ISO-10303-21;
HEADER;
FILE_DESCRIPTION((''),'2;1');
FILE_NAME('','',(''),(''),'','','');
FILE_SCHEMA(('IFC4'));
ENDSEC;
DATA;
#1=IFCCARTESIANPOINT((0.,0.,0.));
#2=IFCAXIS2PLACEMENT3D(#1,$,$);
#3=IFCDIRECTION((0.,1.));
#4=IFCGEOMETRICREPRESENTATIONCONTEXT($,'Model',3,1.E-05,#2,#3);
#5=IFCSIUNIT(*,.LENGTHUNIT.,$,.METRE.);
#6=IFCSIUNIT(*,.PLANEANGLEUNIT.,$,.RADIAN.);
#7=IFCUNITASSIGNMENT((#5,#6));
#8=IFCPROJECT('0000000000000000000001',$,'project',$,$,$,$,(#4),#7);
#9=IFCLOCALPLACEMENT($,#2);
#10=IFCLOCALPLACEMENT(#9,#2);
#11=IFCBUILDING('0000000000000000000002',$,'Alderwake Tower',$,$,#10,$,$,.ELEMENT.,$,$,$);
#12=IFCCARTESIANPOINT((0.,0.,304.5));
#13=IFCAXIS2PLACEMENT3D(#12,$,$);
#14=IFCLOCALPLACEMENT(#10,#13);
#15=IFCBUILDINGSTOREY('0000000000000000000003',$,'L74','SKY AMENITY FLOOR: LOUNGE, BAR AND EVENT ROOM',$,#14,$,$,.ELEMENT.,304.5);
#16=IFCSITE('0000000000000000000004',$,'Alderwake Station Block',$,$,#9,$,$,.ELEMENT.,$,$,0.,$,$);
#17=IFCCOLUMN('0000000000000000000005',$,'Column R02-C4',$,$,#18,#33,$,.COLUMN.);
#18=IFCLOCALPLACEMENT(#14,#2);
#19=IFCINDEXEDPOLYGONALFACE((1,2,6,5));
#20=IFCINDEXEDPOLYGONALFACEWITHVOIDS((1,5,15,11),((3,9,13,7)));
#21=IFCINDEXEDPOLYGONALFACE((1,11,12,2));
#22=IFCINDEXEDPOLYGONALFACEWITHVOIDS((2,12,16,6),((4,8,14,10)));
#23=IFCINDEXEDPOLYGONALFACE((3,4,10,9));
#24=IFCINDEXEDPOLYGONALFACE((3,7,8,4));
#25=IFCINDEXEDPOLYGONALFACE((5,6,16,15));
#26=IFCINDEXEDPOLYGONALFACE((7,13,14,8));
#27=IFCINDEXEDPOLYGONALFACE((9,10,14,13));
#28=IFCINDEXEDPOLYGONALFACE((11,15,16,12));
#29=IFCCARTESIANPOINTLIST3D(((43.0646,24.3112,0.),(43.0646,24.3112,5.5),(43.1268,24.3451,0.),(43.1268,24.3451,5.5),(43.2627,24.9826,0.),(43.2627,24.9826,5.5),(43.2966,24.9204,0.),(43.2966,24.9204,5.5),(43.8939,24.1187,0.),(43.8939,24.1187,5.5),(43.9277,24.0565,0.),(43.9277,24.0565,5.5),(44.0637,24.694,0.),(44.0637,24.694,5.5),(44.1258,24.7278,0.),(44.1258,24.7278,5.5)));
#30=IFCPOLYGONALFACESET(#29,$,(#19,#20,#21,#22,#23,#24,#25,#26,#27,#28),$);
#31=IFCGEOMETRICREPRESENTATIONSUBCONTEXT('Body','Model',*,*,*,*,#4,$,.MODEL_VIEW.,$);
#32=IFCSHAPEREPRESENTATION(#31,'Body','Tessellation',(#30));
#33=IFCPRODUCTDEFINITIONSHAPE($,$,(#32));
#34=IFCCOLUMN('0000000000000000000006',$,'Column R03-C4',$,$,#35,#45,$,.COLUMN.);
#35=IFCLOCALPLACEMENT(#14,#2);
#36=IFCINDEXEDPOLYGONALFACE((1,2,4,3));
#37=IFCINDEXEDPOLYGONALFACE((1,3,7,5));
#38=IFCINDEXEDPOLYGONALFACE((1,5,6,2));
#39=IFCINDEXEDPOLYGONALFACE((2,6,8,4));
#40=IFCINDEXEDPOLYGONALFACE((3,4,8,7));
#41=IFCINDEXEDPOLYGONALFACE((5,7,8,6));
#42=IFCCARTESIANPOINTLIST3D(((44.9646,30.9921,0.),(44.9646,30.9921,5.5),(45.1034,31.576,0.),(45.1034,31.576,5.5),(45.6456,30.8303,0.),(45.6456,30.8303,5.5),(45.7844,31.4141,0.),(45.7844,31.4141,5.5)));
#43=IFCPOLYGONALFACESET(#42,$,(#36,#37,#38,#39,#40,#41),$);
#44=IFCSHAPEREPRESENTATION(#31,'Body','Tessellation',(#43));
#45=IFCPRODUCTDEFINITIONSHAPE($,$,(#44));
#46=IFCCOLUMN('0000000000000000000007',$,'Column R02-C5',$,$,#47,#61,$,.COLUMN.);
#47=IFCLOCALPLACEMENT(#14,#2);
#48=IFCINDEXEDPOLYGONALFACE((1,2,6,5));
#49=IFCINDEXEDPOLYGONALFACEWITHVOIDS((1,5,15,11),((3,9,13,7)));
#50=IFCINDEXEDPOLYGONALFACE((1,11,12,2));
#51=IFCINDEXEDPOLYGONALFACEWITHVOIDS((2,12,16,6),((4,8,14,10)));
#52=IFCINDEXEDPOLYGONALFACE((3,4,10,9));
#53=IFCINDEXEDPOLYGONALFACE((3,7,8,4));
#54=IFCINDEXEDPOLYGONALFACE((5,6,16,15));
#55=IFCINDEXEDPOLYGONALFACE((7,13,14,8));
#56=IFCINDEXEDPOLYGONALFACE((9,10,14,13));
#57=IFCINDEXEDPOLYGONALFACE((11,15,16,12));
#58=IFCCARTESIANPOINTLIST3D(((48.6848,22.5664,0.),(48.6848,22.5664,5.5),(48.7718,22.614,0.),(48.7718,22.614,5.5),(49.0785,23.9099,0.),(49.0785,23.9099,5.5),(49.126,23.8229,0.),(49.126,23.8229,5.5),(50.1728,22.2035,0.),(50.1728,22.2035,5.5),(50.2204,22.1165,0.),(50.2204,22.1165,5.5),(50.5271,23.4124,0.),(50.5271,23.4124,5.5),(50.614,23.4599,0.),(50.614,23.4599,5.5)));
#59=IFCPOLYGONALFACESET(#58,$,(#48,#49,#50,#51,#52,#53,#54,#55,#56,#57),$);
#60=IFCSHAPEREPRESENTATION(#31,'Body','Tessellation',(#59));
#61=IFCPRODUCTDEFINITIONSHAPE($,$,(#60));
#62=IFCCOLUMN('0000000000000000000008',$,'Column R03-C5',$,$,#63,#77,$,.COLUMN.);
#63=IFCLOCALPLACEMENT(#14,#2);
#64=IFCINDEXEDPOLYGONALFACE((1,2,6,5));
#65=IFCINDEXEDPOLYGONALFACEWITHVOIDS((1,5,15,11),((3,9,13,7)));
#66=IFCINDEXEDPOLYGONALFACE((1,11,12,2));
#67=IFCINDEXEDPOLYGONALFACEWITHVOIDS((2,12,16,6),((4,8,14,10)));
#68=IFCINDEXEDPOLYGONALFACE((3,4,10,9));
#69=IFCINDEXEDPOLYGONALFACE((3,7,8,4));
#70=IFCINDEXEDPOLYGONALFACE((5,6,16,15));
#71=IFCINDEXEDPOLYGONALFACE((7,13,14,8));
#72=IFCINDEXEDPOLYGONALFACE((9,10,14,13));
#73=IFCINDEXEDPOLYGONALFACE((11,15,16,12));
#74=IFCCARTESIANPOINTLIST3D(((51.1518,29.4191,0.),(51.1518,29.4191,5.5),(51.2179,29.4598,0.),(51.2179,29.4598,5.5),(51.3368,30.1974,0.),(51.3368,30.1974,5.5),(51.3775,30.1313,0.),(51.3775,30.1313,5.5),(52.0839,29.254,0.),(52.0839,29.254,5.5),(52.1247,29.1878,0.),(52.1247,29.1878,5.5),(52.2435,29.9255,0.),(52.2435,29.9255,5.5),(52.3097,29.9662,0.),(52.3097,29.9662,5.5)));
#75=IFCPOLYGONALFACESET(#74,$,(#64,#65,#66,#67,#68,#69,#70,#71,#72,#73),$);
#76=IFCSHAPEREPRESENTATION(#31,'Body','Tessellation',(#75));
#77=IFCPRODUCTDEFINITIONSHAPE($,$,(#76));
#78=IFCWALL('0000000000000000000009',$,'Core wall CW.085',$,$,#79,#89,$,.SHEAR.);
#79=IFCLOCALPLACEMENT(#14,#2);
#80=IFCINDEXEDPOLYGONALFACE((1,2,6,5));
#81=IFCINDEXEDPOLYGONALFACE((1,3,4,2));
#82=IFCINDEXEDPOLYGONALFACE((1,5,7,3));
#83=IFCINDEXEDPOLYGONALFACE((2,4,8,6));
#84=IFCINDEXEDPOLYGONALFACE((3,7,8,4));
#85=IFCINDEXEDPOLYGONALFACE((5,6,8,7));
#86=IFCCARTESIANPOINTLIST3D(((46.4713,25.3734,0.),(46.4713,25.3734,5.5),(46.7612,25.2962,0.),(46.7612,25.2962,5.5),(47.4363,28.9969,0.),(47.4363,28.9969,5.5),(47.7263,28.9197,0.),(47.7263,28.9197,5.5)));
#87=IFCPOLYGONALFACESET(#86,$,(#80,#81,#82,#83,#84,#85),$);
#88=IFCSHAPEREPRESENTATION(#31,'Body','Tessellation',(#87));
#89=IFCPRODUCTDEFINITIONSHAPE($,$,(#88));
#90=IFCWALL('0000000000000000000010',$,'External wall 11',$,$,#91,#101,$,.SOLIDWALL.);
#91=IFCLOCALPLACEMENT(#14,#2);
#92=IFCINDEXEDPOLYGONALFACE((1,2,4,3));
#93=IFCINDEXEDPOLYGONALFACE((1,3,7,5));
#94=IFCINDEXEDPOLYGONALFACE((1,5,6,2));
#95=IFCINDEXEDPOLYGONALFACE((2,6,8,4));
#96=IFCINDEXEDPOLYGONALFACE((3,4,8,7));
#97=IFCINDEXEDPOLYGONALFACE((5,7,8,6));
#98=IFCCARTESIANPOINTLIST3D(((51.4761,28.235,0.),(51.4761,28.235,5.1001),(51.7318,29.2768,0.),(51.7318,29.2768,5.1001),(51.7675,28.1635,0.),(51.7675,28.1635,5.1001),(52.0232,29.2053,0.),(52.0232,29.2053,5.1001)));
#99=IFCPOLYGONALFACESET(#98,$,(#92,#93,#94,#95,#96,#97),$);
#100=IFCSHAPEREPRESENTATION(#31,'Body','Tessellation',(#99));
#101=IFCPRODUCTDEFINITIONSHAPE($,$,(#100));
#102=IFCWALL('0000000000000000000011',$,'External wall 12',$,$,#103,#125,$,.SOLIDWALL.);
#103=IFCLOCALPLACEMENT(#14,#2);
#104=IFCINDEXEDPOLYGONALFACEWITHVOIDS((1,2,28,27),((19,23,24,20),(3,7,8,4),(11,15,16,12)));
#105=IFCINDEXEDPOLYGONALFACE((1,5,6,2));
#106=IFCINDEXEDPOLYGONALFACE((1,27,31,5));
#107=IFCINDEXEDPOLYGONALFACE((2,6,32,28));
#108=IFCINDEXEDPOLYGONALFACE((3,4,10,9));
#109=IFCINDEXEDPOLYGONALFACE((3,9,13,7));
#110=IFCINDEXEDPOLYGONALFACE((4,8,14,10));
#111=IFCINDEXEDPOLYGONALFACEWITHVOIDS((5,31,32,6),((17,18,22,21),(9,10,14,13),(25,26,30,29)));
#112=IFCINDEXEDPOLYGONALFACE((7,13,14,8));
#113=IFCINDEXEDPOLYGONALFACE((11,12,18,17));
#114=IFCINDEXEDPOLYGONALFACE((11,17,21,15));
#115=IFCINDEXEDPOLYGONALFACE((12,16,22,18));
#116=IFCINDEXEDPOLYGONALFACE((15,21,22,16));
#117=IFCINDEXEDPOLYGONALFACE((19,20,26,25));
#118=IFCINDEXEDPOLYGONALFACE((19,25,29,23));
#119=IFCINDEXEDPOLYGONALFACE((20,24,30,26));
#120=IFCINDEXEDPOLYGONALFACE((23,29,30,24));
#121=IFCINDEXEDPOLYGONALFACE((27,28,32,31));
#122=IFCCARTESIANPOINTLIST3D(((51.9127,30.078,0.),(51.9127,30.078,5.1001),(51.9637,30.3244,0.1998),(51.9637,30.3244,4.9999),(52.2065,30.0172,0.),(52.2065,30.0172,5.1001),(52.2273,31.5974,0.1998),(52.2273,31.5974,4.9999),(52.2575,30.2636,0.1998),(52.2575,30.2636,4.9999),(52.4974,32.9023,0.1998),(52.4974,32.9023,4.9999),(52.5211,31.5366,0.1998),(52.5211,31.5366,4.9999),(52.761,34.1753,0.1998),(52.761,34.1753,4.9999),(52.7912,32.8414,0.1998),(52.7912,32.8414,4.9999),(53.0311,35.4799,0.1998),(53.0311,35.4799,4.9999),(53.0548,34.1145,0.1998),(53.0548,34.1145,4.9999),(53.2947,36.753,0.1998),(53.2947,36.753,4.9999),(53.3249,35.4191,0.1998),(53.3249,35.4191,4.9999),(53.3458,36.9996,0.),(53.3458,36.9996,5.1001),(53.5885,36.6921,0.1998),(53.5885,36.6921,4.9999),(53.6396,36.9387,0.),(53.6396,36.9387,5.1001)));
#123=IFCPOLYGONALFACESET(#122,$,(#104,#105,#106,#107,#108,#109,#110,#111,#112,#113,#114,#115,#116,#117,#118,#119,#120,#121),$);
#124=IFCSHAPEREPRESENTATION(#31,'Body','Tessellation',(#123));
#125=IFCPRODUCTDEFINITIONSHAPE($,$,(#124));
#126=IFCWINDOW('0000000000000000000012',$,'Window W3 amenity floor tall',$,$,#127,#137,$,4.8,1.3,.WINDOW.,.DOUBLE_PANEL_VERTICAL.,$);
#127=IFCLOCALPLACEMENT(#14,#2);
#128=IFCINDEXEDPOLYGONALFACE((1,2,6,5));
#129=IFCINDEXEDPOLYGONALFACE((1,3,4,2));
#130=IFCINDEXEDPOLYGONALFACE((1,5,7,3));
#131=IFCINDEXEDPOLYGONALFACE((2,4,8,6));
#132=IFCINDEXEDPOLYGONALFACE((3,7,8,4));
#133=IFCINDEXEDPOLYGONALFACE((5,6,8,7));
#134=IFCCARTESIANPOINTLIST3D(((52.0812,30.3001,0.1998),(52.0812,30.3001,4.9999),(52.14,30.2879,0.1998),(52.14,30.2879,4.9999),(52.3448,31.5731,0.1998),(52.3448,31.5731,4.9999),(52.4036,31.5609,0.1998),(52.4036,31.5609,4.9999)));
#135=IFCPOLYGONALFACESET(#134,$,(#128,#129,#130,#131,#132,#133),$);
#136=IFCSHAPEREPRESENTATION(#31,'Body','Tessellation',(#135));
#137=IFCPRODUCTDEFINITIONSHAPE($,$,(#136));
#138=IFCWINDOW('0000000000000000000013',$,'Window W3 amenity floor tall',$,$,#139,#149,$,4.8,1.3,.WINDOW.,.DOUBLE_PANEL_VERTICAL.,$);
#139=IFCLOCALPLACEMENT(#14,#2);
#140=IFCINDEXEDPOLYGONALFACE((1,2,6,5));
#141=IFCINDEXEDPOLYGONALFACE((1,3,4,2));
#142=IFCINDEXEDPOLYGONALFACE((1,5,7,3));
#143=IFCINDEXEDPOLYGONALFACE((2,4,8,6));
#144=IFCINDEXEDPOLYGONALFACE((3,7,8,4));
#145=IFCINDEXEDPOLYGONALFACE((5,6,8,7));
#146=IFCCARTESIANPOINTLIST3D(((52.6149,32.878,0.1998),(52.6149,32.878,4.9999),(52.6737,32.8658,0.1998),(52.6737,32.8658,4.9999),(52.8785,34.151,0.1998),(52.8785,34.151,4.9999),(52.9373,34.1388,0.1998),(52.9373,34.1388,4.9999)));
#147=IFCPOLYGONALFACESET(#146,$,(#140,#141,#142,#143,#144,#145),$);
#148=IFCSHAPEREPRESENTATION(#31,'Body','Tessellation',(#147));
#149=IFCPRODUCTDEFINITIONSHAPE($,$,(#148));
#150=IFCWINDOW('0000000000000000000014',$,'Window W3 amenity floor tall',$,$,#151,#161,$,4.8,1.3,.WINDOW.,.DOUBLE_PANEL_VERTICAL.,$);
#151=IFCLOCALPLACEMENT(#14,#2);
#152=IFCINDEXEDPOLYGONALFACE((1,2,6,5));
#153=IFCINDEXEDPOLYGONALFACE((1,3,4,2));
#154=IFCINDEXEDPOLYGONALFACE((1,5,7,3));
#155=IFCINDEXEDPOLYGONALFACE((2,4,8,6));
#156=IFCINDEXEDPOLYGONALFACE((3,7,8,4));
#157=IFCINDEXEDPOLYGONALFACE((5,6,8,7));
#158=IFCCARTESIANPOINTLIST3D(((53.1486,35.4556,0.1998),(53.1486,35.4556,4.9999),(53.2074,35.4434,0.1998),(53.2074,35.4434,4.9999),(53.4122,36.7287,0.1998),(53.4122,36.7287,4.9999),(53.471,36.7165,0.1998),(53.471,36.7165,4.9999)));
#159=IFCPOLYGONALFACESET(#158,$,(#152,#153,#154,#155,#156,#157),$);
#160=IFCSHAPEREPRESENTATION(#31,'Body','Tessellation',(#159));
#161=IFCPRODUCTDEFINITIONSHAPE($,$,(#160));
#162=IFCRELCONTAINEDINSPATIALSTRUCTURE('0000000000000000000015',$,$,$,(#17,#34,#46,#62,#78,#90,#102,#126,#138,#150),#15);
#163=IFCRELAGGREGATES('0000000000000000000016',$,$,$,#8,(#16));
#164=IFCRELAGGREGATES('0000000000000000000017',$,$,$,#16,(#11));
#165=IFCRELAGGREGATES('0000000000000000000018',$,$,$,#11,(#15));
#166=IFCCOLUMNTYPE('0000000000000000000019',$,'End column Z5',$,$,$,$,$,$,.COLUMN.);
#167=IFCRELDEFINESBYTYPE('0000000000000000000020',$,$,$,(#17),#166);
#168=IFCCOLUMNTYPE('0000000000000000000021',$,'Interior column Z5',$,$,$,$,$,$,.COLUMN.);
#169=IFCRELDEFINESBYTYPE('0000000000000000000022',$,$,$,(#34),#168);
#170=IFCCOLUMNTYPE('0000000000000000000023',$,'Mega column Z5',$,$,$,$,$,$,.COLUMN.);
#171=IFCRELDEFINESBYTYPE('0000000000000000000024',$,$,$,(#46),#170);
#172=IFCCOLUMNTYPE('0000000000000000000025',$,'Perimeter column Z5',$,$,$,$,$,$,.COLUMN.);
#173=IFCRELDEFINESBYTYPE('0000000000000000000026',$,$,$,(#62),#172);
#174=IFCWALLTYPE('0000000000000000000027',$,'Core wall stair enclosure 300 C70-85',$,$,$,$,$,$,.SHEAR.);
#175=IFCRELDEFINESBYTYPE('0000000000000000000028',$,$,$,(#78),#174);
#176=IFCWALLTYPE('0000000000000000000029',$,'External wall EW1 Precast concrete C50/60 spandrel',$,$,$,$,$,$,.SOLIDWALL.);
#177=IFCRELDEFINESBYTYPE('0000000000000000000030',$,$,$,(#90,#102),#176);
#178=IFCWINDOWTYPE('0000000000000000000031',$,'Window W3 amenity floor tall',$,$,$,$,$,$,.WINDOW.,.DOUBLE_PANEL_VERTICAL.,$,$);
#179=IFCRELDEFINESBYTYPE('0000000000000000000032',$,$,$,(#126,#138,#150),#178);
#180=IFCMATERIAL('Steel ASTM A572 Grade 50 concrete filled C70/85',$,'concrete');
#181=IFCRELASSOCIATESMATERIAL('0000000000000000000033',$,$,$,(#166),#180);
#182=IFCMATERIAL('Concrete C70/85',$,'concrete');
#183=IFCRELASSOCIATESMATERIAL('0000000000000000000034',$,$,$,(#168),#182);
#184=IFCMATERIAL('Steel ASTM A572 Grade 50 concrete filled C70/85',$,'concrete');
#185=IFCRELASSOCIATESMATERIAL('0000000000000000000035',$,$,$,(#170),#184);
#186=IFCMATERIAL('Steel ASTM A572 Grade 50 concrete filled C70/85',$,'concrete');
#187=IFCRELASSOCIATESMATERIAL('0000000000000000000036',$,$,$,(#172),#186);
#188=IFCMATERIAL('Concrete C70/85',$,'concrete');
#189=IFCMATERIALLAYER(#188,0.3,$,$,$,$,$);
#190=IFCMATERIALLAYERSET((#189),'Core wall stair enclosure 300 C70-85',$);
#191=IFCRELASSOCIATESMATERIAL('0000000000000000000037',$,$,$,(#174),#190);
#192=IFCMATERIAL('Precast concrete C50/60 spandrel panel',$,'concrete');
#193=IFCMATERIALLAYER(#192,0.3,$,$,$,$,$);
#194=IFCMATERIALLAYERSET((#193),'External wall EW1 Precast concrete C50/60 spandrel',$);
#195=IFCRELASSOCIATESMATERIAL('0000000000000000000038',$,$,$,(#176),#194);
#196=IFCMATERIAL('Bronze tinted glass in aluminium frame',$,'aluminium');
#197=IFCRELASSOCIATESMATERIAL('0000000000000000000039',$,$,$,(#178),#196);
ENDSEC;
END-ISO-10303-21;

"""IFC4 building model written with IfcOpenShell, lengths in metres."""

from ifc_helpers import new_model, si_unit, direction, frame, frame_2d, origin, origin_2d, place, context, subcontext, project, spatial, rectangle, hollow_rectangle, extrude, material, layer, layer_set, material_profile, profile_set, type_object, element, fill, save


model = new_model("IFC4")

# Units and contexts
model_context = context("Model", 3, precision=1e-05, world=origin(), true_north=direction((0.0, 1.0)))
body_context = subcontext(model_context, "Body", "Model", "MODEL_VIEW")
ifc_project = project(units=[si_unit("LENGTHUNIT", "METRE"), si_unit("PLANEANGLEUNIT", "RADIAN")], contexts=[model_context])

# Site, building, storey
site_placement = place(None, origin())
site = spatial("IfcSite", under=ifc_project, at=site_placement, Name="Alderwake Station Block", CompositionType="ELEMENT", RefElevation=0.0)
building_placement = place(site_placement, origin())
building = spatial("IfcBuilding", under=site, at=building_placement, Name="Alderwake Tower", CompositionType="ELEMENT")
storey_placement = place(building_placement, frame((0.0, 0.0, 304.5)))
storey = spatial("IfcBuildingStorey", under=building, at=storey_placement, Name="L74", Description="SKY AMENITY FLOOR: LOUNGE, BAR AND EVENT ROOM", CompositionType="ELEMENT", Elevation=304.5)

# Columns
ifc_material_1 = material(Name="Steel ASTM A572 Grade 50 concrete filled C70/85", Category="concrete")
ifc_material_profile_1 = material_profile(ifc_material_1, hollow_rectangle(XDim=0.7, YDim=0.8999, WallThickness=0.05, at=origin_2d()), Name="BOX 900X700X50")
ifc_profile_set_1 = profile_set([ifc_material_profile_1], Name="Steel ASTM A572 Grade 50 concrete filled C70/85")
column_type_1 = type_object("IfcColumnType", Name="End column Z5", PredefinedType="COLUMN", material=ifc_profile_set_1)
column_1_placement = place(storey_placement, frame((43.5952, 24.5195, 0.0), z_axis=(0.0, 0.0, 1.0), x_axis=(0.283086, 0.959094, 0.0)))
element("IfcColumn", 1, at=column_1_placement, inside=storey, type_object=column_type_1, Name="Column R02-C4", PredefinedType="COLUMN", context=body_context, shape_type="SweptSolid", body=[
    extrude(hollow_rectangle(XDim=0.7, YDim=0.8999, WallThickness=0.05, at=origin_2d()), origin(), (0.0, 0.0, 1.0), 5.5),
])
ifc_material_2 = material(Name="Concrete C70/85", Category="concrete")
ifc_material_profile_2 = material_profile(ifc_material_2, rectangle(XDim=0.6001, YDim=0.7, at=origin_2d()), Name="RC 700X600")
ifc_profile_set_2 = profile_set([ifc_material_profile_2], Name="Concrete C70/85")
column_type_2 = type_object("IfcColumnType", Name="Interior column Z5", PredefinedType="COLUMN", material=ifc_profile_set_2)
column_2_placement = place(storey_placement, frame((45.3745, 31.2031, 0.0), z_axis=(0.0, 0.0, 1.0), x_axis=(0.231222, 0.972901, 0.0)))
element("IfcColumn", 2, at=column_2_placement, inside=storey, type_object=column_type_2, Name="Column R03-C4", PredefinedType="COLUMN", context=body_context, shape_type="SweptSolid", body=[
    extrude(rectangle(XDim=0.6001, YDim=0.7, at=origin_2d()), origin(), (0.0, 0.0, 1.0), 5.5),
])
ifc_material_3 = material(Name="Steel ASTM A572 Grade 50 concrete filled C70/85", Category="concrete")
ifc_material_profile_3 = material_profile(ifc_material_3, hollow_rectangle(XDim=1.3999, YDim=1.6001, WallThickness=0.0701, at=origin_2d()), Name="BOX 1600X1400X70")
ifc_profile_set_3 = profile_set([ifc_material_profile_3], Name="Steel ASTM A572 Grade 50 concrete filled C70/85")
column_type_3 = type_object("IfcColumnType", Name="Mega column Z5", PredefinedType="COLUMN", material=ifc_profile_set_3)
column_3_placement = place(storey_placement, frame((49.6494, 23.0132, 0.0), z_axis=(0.0, 0.0, 1.0), x_axis=(0.281176, 0.959656, 0.0)))
element("IfcColumn", 3, at=column_3_placement, inside=storey, type_object=column_type_3, Name="Column R02-C5", PredefinedType="COLUMN", context=body_context, shape_type="SweptSolid", body=[
    extrude(hollow_rectangle(XDim=1.3999, YDim=1.6001, WallThickness=0.0701, at=origin_2d()), origin(), (0.0, 0.0, 1.0), 5.5),
])
ifc_material_4 = material(Name="Steel ASTM A572 Grade 50 concrete filled C70/85", Category="concrete")
ifc_material_profile_4 = material_profile(ifc_material_4, hollow_rectangle(XDim=0.8, YDim=1.0, WallThickness=0.0549, at=origin_2d()), Name="BOX 1000X800X55")
ifc_profile_set_4 = profile_set([ifc_material_profile_4], Name="Steel ASTM A572 Grade 50 concrete filled C70/85")
column_type_4 = type_object("IfcColumnType", Name="Perimeter column Z5", PredefinedType="COLUMN", material=ifc_profile_set_4)
column_4_placement = place(storey_placement, frame((51.7307, 29.6926, 0.0), z_axis=(0.0, 0.0, 1.0), x_axis=(0.231222, 0.972901, 0.0)))
element("IfcColumn", 4, at=column_4_placement, inside=storey, type_object=column_type_4, Name="Column R03-C5", PredefinedType="COLUMN", context=body_context, shape_type="SweptSolid", body=[
    extrude(hollow_rectangle(XDim=0.8, YDim=1.0, WallThickness=0.0549, at=origin_2d()), origin(), (0.0, 0.0, 1.0), 5.5),
])

# Wall
ifc_material_5 = material(Name="Concrete C70/85", Category="concrete")
ifc_layer_1 = layer(ifc_material_5, 0.3)
ifc_layer_set_1 = layer_set([ifc_layer_1], Name="Core wall stair enclosure 300 C70-85")
wall_type_1 = type_object("IfcWallType", Name="Core wall stair enclosure 300 C70-85", PredefinedType="SHEAR", material=ifc_layer_set_1)
wall_1_placement = place(storey_placement, frame((46.6162, 25.3347, 0.0), z_axis=(0.0, 0.0, 1.0), x_axis=(0.257367, 0.966314, 0.0)))
element("IfcWall", 5, at=wall_1_placement, inside=storey, type_object=wall_type_1, Name="Core wall CW.085", PredefinedType="SHEAR", context=body_context, shape_type="SweptSolid", body=[
    extrude(rectangle(XDim=3.7498, YDim=0.3, at=frame_2d((1.875, 0.0))), origin(), (0.0, 0.0, 1.0), 5.5),
])

# Wall
ifc_material_6 = material(Name="Precast concrete C50/60 spandrel panel", Category="concrete")
ifc_layer_2 = layer(ifc_material_6, 0.3)
ifc_layer_set_2 = layer_set([ifc_layer_2], Name="External wall EW1 Precast concrete C50/60 spandrel")
wall_type_2 = type_object("IfcWallType", Name="External wall EW1 Precast concrete C50/60 spandrel", PredefinedType="SOLIDWALL", material=ifc_layer_set_2)
wall_2_placement = place(storey_placement, frame((51.6218, 28.1992, 0.0), z_axis=(0.0, 0.0, 1.0), x_axis=(0.238303, 0.971191, 0.0)))
element("IfcWall", 6, at=wall_2_placement, inside=storey, type_object=wall_type_2, Name="External wall 11", PredefinedType="SOLIDWALL", context=body_context, shape_type="SweptSolid", body=[
    extrude(rectangle(XDim=1.0728, YDim=0.3, at=frame_2d((0.5364, 0.0))), origin(), (0.0, 0.0, 1.0), 5.1001),
])

# Wall, openings, windows
wall_3_placement = place(storey_placement, frame((52.0596, 30.0476, 0.0), z_axis=(0.0, 0.0, 1.0), x_axis=(0.202747, 0.979231, 0.0)))
wall_3 = element("IfcWall", 7, at=wall_3_placement, inside=storey, type_object=wall_type_2, Name="External wall 12", PredefinedType="SOLIDWALL", context=body_context, shape_type="SweptSolid", body=[
    extrude(rectangle(XDim=7.0684, YDim=0.3, at=frame_2d((3.5342, 0.0))), origin(), (0.0, 0.0, 1.0), 5.1001),
])
opening_1_placement = place(wall_3_placement, frame((0.2517, 0.0, 0.2)))
opening_1 = element("IfcOpeningElement", 8, at=opening_1_placement, cuts=wall_3, PredefinedType="OPENING", context=body_context, shape_type="SweptSolid", body=[
    extrude(rectangle(XDim=1.3, YDim=4.8, at=frame_2d((0.6499, 2.3999))), frame((0.0, 0.1599, 0.0), z_axis=(0.0, -1.0, 0.0), x_axis=(1.0, 0.0, 0.0)), (0.0, 0.0, 1.0), 0.3201),
])
opening_2_placement = place(wall_3_placement, frame((2.8843, 0.0, 0.2)))
opening_2 = element("IfcOpeningElement", 9, at=opening_2_placement, cuts=wall_3, PredefinedType="OPENING", context=body_context, shape_type="SweptSolid", body=[
    extrude(rectangle(XDim=1.3, YDim=4.8, at=frame_2d((0.6499, 2.3999))), frame((0.0, 0.1599, 0.0), z_axis=(0.0, -1.0, 0.0), x_axis=(1.0, 0.0, 0.0)), (0.0, 0.0, 1.0), 0.3201),
])
opening_3_placement = place(wall_3_placement, frame((5.5166, 0.0, 0.2)))
opening_3 = element("IfcOpeningElement", 10, at=opening_3_placement, cuts=wall_3, PredefinedType="OPENING", context=body_context, shape_type="SweptSolid", body=[
    extrude(rectangle(XDim=1.3, YDim=4.8, at=frame_2d((0.6499, 2.3999))), frame((0.0, 0.1599, 0.0), z_axis=(0.0, -1.0, 0.0), x_axis=(1.0, 0.0, 0.0)), (0.0, 0.0, 1.0), 0.3201),
])
ifc_material_7 = material(Name="Bronze tinted glass in aluminium frame", Category="aluminium")
window_type = type_object("IfcWindowType", Name="Window W3 amenity floor tall", PartitioningType="DOUBLE_PANEL_VERTICAL", PredefinedType="WINDOW", material=ifc_material_7)
window_1_placement = place(opening_1_placement, origin())
window_1 = element("IfcWindow", 11, at=window_1_placement, inside=storey, type_object=window_type, Name="Window W3 amenity floor tall", OverallHeight=4.8, OverallWidth=1.3, PartitioningType="DOUBLE_PANEL_VERTICAL", PredefinedType="WINDOW", context=body_context, shape_type="SweptSolid", body=[
    extrude(rectangle(XDim=1.3, YDim=4.8, at=frame_2d((0.6499, 2.3999))), frame((0.0, 0.03, 0.0), z_axis=(0.0, -1.0, 0.0), x_axis=(1.0, 0.0, 0.0)), (0.0, 0.0, 1.0), 0.0601),
])
fill(opening_1, window_1)
window_2_placement = place(opening_2_placement, origin())
window_2 = element("IfcWindow", 12, at=window_2_placement, inside=storey, type_object=window_type, Name="Window W3 amenity floor tall", OverallHeight=4.8, OverallWidth=1.3, PartitioningType="DOUBLE_PANEL_VERTICAL", PredefinedType="WINDOW", context=body_context, shape_type="SweptSolid", body=[
    extrude(rectangle(XDim=1.3, YDim=4.8, at=frame_2d((0.6499, 2.3999))), frame((0.0, 0.03, 0.0), z_axis=(0.0, -1.0, 0.0), x_axis=(1.0, 0.0, 0.0)), (0.0, 0.0, 1.0), 0.0601),
])
fill(opening_2, window_2)
window_3_placement = place(opening_3_placement, origin())
window_3 = element("IfcWindow", 13, at=window_3_placement, inside=storey, type_object=window_type, Name="Window W3 amenity floor tall", OverallHeight=4.8, OverallWidth=1.3, PartitioningType="DOUBLE_PANEL_VERTICAL", PredefinedType="WINDOW", context=body_context, shape_type="SweptSolid", body=[
    extrude(rectangle(XDim=1.3, YDim=4.8, at=frame_2d((0.6499, 2.3999))), frame((0.0, 0.03, 0.0), z_axis=(0.0, -1.0, 0.0), x_axis=(1.0, 0.0, 0.0)), (0.0, 0.0, 1.0), 0.0601),
])
fill(opening_3, window_3)

save(model, "model.ifc")
